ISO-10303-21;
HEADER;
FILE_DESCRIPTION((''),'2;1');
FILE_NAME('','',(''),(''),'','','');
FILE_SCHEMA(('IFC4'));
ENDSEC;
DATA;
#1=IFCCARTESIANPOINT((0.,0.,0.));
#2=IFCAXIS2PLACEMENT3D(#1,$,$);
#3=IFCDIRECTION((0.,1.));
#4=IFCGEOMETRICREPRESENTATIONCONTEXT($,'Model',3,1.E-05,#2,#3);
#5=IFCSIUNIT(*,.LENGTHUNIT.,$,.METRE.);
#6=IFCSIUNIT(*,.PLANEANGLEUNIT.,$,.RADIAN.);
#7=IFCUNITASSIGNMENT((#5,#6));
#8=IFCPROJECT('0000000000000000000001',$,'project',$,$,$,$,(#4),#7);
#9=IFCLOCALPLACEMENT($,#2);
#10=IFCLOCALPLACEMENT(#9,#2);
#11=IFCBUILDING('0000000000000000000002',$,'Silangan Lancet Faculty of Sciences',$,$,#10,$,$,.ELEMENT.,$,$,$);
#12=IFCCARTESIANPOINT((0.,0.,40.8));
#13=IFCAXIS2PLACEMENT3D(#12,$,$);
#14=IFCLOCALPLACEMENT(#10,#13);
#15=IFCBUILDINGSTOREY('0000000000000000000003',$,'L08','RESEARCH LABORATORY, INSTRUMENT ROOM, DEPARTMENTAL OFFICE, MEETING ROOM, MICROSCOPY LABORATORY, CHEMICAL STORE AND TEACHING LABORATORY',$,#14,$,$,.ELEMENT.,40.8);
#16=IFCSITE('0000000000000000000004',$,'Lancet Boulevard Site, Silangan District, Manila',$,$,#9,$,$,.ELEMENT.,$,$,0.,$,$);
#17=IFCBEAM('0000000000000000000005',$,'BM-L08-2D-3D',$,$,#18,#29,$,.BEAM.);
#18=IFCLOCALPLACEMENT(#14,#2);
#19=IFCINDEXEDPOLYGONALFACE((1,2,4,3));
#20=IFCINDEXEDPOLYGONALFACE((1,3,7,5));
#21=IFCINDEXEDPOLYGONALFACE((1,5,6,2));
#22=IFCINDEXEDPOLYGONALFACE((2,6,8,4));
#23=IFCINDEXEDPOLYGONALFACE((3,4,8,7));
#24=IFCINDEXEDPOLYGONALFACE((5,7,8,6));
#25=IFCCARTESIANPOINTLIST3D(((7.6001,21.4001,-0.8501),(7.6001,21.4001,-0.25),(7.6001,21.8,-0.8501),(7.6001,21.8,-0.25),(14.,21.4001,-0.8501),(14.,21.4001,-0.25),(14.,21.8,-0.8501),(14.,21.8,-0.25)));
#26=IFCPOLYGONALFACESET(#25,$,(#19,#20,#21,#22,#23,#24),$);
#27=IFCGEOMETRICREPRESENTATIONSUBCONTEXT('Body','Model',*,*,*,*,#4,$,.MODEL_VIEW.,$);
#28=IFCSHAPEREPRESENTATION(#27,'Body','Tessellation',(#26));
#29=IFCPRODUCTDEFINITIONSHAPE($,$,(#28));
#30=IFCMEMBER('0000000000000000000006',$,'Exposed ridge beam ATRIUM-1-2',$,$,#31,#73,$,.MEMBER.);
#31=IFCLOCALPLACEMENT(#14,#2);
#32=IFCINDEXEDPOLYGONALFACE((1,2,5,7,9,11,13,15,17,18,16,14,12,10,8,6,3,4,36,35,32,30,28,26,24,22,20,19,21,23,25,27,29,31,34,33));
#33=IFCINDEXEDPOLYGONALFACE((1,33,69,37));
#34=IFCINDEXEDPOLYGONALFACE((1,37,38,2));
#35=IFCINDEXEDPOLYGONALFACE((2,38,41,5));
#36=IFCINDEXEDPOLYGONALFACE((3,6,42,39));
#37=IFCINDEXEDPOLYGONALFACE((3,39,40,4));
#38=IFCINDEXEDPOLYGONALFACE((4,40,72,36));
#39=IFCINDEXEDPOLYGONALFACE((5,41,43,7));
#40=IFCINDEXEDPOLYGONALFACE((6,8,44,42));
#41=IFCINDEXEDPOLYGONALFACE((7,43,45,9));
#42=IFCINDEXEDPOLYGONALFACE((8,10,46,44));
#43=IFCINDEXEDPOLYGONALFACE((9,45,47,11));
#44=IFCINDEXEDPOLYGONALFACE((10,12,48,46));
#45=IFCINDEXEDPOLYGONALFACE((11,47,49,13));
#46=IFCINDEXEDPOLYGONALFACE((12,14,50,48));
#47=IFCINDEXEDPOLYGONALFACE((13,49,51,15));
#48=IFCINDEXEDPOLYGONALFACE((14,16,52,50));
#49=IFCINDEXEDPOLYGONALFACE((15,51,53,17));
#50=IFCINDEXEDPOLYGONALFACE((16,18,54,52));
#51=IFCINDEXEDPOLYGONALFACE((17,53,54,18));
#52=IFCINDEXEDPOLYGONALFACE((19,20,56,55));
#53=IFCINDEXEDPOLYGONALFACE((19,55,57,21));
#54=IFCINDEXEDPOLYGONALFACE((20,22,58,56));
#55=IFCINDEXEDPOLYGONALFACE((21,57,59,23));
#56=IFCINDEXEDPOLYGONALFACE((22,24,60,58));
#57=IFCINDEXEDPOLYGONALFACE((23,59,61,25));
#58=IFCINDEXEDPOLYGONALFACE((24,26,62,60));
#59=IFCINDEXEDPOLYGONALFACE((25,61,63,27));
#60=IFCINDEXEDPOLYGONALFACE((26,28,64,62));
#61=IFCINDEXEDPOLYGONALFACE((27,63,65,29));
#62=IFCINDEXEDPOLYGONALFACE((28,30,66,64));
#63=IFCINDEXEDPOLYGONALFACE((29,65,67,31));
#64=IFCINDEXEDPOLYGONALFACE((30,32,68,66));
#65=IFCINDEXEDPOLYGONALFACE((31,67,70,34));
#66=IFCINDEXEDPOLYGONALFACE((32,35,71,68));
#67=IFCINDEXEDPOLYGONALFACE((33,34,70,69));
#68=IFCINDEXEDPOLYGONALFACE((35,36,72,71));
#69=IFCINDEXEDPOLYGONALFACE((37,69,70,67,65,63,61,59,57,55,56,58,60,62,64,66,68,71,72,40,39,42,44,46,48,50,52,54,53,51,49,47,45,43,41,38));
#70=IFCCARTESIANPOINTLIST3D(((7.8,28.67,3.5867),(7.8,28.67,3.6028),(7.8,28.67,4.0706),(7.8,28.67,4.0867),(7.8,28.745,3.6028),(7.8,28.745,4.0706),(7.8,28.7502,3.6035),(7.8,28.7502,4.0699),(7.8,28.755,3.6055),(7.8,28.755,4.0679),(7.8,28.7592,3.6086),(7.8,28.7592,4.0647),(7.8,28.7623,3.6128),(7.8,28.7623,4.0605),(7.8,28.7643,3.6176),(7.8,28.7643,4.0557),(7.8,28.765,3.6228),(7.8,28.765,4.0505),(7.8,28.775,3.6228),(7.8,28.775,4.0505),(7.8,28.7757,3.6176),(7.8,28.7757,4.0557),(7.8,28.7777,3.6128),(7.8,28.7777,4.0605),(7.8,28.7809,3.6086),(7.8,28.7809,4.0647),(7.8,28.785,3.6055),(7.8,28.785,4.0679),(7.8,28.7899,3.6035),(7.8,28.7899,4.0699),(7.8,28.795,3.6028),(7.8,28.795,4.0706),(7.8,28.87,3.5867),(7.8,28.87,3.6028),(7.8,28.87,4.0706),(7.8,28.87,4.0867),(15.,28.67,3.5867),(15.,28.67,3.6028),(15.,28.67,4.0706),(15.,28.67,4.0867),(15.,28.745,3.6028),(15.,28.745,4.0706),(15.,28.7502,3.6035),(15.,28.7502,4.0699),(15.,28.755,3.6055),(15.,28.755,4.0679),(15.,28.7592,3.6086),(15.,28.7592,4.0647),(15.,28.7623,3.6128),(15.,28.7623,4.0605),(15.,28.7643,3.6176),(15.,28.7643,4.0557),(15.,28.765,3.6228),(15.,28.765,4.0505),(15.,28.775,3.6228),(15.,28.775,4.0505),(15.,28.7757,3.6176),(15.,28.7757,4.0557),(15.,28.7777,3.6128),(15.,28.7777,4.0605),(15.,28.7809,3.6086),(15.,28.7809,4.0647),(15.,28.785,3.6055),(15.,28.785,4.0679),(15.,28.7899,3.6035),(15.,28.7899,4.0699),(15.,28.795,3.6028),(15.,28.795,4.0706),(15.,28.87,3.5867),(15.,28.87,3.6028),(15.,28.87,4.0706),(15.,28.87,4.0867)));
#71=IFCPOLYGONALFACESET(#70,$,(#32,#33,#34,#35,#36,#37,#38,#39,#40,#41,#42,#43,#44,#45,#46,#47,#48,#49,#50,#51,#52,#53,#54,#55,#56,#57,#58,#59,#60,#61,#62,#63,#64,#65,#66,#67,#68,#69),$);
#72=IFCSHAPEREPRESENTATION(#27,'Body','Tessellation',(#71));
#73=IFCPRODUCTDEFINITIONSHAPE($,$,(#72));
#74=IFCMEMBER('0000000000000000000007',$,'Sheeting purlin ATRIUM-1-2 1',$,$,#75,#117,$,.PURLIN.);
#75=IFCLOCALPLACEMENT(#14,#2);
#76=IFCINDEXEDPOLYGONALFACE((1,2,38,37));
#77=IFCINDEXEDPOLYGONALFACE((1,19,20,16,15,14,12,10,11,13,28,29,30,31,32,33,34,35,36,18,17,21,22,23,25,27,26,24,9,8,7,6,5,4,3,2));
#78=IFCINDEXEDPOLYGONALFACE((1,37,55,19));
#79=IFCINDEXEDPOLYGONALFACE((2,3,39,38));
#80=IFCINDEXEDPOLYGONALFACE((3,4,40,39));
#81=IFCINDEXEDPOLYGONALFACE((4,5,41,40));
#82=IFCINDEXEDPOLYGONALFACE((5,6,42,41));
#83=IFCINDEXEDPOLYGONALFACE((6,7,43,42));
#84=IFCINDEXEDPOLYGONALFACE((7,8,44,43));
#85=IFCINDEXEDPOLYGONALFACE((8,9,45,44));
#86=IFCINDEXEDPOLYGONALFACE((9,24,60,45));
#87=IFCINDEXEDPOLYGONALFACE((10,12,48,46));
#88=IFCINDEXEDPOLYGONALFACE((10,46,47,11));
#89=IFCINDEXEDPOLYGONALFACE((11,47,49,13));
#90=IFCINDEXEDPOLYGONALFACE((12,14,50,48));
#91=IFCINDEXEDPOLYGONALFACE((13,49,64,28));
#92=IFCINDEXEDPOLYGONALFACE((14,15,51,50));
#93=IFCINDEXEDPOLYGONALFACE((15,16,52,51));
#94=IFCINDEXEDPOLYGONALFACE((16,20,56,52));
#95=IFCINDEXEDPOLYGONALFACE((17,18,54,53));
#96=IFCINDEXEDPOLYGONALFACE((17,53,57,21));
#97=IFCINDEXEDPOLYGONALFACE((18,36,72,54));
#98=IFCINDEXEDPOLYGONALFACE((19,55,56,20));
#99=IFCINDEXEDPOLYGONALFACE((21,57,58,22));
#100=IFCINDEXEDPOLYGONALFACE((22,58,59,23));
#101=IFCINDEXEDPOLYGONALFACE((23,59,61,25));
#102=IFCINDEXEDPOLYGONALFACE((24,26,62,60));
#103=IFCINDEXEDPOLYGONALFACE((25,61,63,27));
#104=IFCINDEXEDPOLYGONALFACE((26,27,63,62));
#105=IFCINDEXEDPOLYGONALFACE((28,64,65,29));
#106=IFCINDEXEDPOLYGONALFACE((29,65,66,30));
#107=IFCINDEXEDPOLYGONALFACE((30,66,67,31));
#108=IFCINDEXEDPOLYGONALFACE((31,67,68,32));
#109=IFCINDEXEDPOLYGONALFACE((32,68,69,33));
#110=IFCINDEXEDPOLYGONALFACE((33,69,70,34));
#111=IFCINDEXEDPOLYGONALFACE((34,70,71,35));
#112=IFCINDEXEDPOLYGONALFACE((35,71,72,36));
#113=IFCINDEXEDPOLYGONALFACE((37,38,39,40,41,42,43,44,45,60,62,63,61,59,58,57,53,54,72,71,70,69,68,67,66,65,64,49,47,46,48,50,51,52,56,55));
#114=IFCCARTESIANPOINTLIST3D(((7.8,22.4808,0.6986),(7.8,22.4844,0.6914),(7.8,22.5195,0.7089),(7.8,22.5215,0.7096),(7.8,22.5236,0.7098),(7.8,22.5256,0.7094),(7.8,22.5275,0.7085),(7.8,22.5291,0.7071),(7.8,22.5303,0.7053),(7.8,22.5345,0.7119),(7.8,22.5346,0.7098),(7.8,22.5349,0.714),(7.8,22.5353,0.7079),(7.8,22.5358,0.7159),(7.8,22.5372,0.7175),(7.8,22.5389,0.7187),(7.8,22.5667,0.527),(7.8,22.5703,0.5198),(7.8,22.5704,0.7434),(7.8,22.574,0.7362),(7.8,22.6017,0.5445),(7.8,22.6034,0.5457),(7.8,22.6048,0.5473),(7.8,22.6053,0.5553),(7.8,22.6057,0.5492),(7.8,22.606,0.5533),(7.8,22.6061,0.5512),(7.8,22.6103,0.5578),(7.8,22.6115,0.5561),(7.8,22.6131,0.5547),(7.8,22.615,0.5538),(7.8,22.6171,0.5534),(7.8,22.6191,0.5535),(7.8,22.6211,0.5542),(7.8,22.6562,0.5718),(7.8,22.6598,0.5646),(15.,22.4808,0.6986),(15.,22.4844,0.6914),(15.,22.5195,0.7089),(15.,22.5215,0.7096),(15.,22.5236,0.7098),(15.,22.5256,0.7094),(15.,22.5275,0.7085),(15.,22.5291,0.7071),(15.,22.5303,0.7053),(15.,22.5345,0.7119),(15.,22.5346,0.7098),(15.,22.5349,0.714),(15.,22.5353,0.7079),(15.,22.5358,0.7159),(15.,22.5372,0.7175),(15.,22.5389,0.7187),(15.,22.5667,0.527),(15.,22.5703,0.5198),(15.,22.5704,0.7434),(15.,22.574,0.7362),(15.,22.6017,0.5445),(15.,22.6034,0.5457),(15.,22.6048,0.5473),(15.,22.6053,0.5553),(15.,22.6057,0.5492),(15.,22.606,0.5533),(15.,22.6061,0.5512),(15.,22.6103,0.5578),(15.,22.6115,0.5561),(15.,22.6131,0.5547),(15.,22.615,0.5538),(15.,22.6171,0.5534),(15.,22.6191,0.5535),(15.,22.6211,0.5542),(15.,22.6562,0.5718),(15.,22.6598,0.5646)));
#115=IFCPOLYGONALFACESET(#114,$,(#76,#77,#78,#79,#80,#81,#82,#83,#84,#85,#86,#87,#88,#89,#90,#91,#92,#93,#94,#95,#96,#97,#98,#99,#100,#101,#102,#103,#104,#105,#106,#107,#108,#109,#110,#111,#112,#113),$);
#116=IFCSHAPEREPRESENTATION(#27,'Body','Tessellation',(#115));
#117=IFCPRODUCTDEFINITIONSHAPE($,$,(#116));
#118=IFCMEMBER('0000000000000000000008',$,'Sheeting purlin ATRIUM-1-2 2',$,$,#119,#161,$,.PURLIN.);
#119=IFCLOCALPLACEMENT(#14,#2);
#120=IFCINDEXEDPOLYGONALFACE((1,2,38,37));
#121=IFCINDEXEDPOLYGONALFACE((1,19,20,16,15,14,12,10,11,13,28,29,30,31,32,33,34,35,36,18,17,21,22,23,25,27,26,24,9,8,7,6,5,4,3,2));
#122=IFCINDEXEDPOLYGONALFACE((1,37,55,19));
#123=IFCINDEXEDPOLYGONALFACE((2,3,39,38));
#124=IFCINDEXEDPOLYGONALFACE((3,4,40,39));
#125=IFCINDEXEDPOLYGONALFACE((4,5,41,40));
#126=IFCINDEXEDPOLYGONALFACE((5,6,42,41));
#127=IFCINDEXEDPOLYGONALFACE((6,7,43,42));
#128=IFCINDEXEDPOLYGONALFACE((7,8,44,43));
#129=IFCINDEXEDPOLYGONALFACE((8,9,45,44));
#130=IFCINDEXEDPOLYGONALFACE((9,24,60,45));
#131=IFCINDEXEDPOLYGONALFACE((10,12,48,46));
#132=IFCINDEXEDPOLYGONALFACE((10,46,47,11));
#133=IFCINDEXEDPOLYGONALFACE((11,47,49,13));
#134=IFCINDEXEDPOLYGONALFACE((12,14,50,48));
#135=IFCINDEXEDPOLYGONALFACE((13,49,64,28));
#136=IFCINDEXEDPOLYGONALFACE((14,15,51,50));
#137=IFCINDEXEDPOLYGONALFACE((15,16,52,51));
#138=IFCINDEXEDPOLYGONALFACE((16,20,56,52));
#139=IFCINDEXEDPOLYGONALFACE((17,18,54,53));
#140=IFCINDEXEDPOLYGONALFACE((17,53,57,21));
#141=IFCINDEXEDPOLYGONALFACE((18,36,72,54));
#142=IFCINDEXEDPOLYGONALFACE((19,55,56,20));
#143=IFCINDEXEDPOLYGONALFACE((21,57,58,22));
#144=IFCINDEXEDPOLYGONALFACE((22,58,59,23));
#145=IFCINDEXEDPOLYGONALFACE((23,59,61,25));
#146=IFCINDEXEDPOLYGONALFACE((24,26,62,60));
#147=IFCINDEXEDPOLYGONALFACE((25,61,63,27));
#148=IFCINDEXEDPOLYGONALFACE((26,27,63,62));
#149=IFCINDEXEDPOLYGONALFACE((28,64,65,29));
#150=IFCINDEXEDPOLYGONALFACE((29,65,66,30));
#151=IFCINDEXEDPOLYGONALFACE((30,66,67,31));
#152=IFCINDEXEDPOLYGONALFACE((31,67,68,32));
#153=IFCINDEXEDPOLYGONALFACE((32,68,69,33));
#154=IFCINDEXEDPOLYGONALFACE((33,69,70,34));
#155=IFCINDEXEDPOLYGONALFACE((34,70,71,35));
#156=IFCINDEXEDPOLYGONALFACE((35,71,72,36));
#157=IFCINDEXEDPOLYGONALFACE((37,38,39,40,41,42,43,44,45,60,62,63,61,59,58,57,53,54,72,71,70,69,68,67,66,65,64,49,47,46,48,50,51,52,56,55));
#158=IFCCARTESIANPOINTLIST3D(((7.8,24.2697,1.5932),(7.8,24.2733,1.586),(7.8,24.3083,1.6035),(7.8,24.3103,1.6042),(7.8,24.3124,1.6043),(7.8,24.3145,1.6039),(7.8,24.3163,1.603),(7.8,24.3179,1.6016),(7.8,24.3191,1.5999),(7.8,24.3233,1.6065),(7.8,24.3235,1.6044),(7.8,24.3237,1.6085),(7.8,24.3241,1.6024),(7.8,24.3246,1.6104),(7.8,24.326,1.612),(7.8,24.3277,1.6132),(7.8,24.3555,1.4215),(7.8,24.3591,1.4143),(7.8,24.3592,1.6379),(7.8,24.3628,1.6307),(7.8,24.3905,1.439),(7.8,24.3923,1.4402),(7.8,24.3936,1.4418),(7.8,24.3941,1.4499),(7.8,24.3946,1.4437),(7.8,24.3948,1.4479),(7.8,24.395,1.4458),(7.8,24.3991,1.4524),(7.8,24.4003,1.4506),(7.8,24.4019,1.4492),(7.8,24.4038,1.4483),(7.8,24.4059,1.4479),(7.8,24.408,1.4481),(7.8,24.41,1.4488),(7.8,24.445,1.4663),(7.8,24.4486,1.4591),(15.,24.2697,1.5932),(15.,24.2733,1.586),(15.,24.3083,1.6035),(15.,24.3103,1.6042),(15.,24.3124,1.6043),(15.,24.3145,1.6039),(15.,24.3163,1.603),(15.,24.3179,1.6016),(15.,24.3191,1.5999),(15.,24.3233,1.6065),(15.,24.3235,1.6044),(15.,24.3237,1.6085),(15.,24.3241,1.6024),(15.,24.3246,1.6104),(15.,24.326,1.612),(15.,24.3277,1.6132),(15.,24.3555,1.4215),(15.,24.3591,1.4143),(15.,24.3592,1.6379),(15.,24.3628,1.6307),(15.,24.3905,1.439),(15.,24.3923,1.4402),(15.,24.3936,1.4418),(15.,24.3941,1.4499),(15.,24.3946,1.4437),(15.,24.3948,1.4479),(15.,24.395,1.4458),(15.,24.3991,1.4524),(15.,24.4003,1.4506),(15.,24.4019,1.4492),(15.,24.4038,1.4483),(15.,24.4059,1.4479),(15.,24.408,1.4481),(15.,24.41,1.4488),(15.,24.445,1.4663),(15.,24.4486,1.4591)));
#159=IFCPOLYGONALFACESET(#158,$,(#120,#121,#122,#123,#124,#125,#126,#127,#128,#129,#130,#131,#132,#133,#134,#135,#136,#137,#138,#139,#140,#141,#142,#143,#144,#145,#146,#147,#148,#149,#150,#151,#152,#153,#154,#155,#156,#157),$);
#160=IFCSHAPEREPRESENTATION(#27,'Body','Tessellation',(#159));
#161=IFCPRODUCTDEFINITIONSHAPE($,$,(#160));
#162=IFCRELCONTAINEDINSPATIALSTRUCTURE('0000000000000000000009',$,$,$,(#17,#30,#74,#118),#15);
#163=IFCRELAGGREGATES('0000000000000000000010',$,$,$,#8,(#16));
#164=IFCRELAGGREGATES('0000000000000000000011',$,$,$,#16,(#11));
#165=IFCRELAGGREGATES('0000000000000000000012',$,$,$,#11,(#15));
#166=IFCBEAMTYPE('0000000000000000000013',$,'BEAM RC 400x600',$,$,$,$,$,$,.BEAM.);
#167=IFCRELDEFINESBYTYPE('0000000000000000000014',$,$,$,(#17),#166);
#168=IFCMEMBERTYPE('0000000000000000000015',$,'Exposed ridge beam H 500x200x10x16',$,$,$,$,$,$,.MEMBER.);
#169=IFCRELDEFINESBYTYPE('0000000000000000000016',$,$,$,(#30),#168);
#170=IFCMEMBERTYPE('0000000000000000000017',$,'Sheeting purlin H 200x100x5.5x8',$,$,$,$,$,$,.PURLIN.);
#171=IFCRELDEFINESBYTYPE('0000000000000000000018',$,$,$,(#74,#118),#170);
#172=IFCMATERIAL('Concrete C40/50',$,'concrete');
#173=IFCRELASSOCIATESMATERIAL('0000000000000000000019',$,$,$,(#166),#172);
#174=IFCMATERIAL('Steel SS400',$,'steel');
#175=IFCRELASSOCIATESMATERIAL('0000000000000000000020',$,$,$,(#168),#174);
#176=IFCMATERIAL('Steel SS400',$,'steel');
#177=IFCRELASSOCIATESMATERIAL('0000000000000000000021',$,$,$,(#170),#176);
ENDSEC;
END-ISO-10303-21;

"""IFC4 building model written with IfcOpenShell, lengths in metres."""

from ifc_helpers import new_model, si_unit, direction, frame, origin, origin_2d, place, context, subcontext, project, spatial, rectangle, i_section, extrude, material, material_profile, profile_set, type_object, element, save


model = new_model("IFC4")

# Units and contexts
model_context = context("Model", 3, precision=1e-05, world=origin(), true_north=direction((0.0, 1.0)))
body_context = subcontext(model_context, "Body", "Model", "MODEL_VIEW")
ifc_project = project(units=[si_unit("LENGTHUNIT", "METRE"), si_unit("PLANEANGLEUNIT", "RADIAN")], contexts=[model_context])

# Site, building, storey
site_placement = place(None, origin())
site = spatial("IfcSite", under=ifc_project, at=site_placement, Name="Lancet Boulevard Site, Silangan District, Manila", CompositionType="ELEMENT", RefElevation=0.0)
building_placement = place(site_placement, origin())
building = spatial("IfcBuilding", under=site, at=building_placement, Name="Silangan Lancet Faculty of Sciences", CompositionType="ELEMENT")
storey_placement = place(building_placement, frame((0.0, 0.0, 40.8)))
storey = spatial("IfcBuildingStorey", under=building, at=storey_placement, Name="L08", Description="RESEARCH LABORATORY, INSTRUMENT ROOM, DEPARTMENTAL OFFICE, MEETING ROOM, MICROSCOPY LABORATORY, CHEMICAL STORE AND TEACHING LABORATORY", CompositionType="ELEMENT", Elevation=40.8)

# Beam
ifc_material_1 = material(Name="Concrete C40/50", Category="concrete")
ifc_material_profile_1 = material_profile(ifc_material_1, rectangle(XDim=0.3999, YDim=0.6001, at=origin_2d()), Name="RC 400x600")
ifc_profile_set_1 = profile_set([ifc_material_profile_1], Name="Concrete C40/50")
beam_type = type_object("IfcBeamType", Name="BEAM RC 400x600", PredefinedType="BEAM", material=ifc_profile_set_1)
beam_placement = place(storey_placement, frame((7.6001, 21.6001, -0.55), z_axis=(1.0, 0.0, 0.0), x_axis=(0.0, 1.0, 0.0)))
element("IfcBeam", 1, at=beam_placement, inside=storey, type_object=beam_type, Name="BM-L08-2D-3D", PredefinedType="BEAM", context=body_context, shape_type="SweptSolid", body=[
    extrude(rectangle(XDim=0.3999, YDim=0.6001, at=origin_2d()), origin(), (0.0, 0.0, 1.0), 6.3999),
])

# Members
ifc_material_2 = material(Name="Steel SS400", Category="steel")
ifc_material_profile_2 = material_profile(ifc_material_2, i_section(OverallWidth=0.2, OverallDepth=0.5, WebThickness=0.01, FlangeThickness=0.0161, FilletRadius=0.02, at=origin_2d()), Name="H 500x200x10x16")
ifc_profile_set_2 = profile_set([ifc_material_profile_2], Name="Steel SS400")
member_type_1 = type_object("IfcMemberType", Name="Exposed ridge beam H 500x200x10x16", PredefinedType="MEMBER", material=ifc_profile_set_2)
member_1_placement = place(storey_placement, frame((7.8, 28.77, 3.8367), z_axis=(1.0, 0.0, 0.0), x_axis=(0.0, 1.0, 0.0)))
element("IfcMember", 2, at=member_1_placement, inside=storey, type_object=member_type_1, Name="Exposed ridge beam ATRIUM-1-2", PredefinedType="MEMBER", context=body_context, shape_type="SweptSolid", body=[
    extrude(i_section(OverallWidth=0.2, OverallDepth=0.5, WebThickness=0.01, FlangeThickness=0.0161, FilletRadius=0.02, at=origin_2d()), origin(), (0.0, 0.0, 1.0), 7.2),
])
ifc_material_3 = material(Name="Steel SS400", Category="steel")
ifc_material_profile_3 = material_profile(ifc_material_3, i_section(OverallWidth=0.1001, OverallDepth=0.2, WebThickness=0.0056, FlangeThickness=0.0081, FilletRadius=0.0081, at=origin_2d()), Name="H 200x100x5.5x8")
ifc_profile_set_3 = profile_set([ifc_material_profile_3], Name="Steel SS400")
member_type_2 = type_object("IfcMemberType", Name="Sheeting purlin H 200x100x5.5x8", PredefinedType="PURLIN", material=ifc_profile_set_3)
for number, where, z_axis, x_axis, name in (
    (3, (7.8, 22.5703, 0.6316), (1.0, 0.0, 0.0), (0.0, 0.894427, 0.447214), "Sheeting purlin ATRIUM-1-2 1"),
    (4, (7.8, 24.3591, 1.5261), (1.0, 0.0, 0.0), (0.0, 0.894427, 0.447214), "Sheeting purlin ATRIUM-1-2 2"),
):
    element("IfcMember", number, at=place(storey_placement, frame(where, z_axis=z_axis, x_axis=x_axis)), inside=storey, type_object=member_type_2, Name=name, PredefinedType="PURLIN", context=body_context, shape_type="SweptSolid", body=[
        extrude(i_section(OverallWidth=0.1001, OverallDepth=0.2, WebThickness=0.0056, FlangeThickness=0.0081, FilletRadius=0.0081, at=origin_2d()), origin(), (0.0, 0.0, 1.0), 7.2),
    ])

save(model, "model.ifc")
